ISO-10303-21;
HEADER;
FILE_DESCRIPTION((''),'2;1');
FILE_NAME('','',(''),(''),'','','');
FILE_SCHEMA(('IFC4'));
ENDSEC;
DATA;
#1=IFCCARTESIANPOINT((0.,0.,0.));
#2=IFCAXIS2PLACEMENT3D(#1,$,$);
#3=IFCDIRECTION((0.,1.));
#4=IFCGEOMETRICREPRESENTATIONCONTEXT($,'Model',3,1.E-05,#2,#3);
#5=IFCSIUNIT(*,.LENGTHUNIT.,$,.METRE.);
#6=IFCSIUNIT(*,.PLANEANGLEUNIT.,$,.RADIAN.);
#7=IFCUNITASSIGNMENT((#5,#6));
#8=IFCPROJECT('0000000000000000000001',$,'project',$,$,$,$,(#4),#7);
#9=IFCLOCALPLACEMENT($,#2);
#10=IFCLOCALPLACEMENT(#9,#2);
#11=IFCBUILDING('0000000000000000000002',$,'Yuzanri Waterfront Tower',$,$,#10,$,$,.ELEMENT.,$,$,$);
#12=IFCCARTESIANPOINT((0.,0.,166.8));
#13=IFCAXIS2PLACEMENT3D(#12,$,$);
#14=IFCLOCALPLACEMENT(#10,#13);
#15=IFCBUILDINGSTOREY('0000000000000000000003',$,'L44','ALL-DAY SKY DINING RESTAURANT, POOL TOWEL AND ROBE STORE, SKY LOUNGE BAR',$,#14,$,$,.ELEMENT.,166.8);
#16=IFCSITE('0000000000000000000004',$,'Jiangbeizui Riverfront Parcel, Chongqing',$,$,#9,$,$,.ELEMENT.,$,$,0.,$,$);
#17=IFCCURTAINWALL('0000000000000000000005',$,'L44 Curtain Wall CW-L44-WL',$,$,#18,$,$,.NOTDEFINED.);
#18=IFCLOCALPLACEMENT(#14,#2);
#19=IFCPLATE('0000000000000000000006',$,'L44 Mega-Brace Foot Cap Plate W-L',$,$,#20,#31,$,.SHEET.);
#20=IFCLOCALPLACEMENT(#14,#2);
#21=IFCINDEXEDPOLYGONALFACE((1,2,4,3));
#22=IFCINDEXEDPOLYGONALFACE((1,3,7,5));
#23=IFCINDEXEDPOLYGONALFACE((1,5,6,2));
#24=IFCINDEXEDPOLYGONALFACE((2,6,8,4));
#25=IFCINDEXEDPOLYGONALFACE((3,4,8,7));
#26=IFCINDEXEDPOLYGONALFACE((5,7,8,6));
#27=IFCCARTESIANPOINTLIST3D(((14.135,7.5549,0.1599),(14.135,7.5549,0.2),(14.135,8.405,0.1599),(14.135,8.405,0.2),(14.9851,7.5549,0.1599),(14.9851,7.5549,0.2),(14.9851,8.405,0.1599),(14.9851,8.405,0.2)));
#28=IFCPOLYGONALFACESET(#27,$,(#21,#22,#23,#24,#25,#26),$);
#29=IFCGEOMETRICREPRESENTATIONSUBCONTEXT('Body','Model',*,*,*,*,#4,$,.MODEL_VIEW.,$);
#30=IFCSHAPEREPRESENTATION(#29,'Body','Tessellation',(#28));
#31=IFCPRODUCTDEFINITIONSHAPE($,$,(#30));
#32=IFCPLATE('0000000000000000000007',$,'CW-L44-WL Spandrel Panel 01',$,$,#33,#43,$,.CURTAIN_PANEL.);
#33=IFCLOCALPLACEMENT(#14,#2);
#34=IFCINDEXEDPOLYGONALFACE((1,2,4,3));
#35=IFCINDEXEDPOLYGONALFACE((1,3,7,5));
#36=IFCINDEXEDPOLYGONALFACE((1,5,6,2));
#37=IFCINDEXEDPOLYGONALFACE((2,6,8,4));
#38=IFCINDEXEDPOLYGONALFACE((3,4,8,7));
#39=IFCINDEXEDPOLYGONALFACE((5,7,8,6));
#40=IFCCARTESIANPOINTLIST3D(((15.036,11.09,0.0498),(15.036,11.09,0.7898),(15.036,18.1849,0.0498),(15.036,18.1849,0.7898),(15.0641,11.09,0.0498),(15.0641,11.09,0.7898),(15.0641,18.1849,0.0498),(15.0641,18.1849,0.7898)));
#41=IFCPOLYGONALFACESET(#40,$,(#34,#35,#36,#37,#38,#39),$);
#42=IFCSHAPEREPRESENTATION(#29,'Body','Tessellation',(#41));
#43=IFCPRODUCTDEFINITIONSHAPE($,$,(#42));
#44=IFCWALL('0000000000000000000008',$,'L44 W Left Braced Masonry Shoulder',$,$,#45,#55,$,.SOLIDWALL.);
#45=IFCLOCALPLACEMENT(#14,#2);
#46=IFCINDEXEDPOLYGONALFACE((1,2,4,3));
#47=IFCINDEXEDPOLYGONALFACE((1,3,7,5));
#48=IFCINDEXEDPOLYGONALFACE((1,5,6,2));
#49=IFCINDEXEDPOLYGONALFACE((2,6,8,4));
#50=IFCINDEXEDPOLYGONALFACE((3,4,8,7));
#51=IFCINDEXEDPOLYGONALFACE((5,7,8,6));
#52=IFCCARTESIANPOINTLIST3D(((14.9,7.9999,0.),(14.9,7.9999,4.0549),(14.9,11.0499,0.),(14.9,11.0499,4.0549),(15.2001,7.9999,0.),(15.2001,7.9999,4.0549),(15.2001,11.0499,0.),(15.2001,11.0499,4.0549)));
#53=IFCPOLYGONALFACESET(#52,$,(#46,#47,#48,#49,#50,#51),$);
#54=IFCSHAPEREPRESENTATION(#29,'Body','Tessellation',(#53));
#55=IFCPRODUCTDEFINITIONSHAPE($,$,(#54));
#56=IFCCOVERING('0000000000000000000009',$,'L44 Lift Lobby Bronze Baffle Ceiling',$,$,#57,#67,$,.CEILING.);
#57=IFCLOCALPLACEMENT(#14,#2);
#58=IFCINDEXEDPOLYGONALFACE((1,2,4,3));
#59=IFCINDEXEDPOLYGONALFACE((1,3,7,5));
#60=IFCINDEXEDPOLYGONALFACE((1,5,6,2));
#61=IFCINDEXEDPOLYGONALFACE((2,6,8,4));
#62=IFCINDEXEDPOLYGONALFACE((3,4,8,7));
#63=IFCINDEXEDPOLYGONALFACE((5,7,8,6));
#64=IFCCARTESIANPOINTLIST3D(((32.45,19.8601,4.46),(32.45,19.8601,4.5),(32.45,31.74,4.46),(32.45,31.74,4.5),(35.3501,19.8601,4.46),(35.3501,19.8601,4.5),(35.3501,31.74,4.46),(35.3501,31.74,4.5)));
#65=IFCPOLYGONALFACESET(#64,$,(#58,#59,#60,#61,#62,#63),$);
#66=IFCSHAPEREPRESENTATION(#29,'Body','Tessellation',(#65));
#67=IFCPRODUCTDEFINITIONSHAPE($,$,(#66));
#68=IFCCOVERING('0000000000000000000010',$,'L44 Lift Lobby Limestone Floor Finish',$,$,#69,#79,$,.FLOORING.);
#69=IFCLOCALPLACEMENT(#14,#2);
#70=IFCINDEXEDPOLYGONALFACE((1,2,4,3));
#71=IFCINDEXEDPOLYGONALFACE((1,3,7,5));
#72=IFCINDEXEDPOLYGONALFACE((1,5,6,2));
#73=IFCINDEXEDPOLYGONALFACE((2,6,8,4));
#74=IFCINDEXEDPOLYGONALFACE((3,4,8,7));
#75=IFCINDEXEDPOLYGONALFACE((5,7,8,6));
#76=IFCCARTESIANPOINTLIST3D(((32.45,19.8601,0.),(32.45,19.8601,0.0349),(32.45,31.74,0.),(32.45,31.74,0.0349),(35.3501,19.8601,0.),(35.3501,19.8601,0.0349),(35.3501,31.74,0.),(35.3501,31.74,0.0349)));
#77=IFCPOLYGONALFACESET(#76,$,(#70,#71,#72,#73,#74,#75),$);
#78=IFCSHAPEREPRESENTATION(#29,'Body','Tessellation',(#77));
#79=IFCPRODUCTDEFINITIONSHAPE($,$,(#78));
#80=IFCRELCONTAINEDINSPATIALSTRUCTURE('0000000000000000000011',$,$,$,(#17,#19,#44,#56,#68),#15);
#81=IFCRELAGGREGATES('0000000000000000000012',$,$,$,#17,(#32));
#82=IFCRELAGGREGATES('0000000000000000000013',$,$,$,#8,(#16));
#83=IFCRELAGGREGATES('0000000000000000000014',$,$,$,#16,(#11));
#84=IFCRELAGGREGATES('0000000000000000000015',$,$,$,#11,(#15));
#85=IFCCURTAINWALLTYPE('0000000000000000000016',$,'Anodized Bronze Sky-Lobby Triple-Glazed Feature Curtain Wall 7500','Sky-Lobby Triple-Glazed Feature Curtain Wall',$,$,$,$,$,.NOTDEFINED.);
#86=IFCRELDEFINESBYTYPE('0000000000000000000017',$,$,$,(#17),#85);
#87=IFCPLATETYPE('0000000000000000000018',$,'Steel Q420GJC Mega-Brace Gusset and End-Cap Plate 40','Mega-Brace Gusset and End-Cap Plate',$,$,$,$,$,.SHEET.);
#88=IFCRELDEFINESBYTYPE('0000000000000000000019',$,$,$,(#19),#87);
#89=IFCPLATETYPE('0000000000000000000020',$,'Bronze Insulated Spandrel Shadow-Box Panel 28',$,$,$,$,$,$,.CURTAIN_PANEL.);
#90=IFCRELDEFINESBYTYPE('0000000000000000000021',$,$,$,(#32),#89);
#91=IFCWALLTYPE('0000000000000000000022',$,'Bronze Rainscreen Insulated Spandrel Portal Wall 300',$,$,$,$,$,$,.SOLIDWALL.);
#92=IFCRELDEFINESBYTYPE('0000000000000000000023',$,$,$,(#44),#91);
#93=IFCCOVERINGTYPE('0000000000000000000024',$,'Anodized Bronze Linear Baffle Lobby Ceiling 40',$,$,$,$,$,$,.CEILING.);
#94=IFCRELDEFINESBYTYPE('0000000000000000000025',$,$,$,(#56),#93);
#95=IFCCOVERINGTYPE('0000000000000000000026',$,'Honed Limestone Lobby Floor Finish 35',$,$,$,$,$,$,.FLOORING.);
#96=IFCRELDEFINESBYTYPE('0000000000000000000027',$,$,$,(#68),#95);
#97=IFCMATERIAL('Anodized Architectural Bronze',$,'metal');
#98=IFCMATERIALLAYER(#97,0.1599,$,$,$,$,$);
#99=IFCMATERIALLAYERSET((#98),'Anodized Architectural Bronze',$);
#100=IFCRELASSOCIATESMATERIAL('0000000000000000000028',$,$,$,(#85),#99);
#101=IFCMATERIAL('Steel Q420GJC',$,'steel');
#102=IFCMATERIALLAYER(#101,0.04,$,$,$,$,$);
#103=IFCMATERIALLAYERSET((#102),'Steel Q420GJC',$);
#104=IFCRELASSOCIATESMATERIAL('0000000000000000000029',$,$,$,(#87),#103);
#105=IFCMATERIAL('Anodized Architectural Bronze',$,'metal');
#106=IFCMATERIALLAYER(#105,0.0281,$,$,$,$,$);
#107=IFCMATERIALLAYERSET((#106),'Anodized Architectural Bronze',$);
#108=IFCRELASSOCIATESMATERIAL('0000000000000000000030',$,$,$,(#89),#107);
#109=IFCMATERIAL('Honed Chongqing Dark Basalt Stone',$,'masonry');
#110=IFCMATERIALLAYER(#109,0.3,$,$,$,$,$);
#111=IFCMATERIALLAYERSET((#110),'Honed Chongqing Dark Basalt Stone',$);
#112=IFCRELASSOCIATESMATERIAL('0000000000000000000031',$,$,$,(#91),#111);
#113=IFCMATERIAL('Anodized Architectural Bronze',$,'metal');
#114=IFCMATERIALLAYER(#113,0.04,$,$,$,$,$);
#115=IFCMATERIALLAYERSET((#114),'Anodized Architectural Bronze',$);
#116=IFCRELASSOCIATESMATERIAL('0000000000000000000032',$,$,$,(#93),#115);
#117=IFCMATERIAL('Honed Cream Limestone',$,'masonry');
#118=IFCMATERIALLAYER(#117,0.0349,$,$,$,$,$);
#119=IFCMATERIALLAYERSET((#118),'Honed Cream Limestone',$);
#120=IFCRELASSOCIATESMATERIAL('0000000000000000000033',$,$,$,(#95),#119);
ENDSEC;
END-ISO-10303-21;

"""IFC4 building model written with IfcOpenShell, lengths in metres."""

from ifc_helpers import new_model, si_unit, direction, frame, frame_2d, origin, origin_2d, place, context, subcontext, project, spatial, polyline, rectangle, outline, extrude, source, transform, mapped, material, layer, layer_set, type_object, element, aggregate, save


model = new_model("IFC4")

# Units and contexts
model_context = context("Model", 3, precision=1e-05, world=origin(), true_north=direction((0.0, 1.0)))
body_context = subcontext(model_context, "Body", "Model", "MODEL_VIEW")
ifc_project = project(units=[si_unit("LENGTHUNIT", "METRE"), si_unit("PLANEANGLEUNIT", "RADIAN")], contexts=[model_context])

# Site, building, storey
site_placement = place(None, origin())
site = spatial("IfcSite", under=ifc_project, at=site_placement, Name="Jiangbeizui Riverfront Parcel, Chongqing", CompositionType="ELEMENT", RefElevation=0.0)
building_placement = place(site_placement, origin())
building = spatial("IfcBuilding", under=site, at=building_placement, Name="Yuzanri Waterfront Tower", CompositionType="ELEMENT")
storey_placement = place(building_placement, frame((0.0, 0.0, 166.8)))
storey = spatial("IfcBuildingStorey", under=building, at=storey_placement, Name="L44", Description="ALL-DAY SKY DINING RESTAURANT, POOL TOWEL AND ROBE STORE, SKY LOUNGE BAR", CompositionType="ELEMENT", Elevation=166.8)

# Curtain wall
ifc_material_1 = material(Name="Anodized Architectural Bronze", Category="metal")
ifc_layer_1 = layer(ifc_material_1, 0.1599)
ifc_layer_set_1 = layer_set([ifc_layer_1], Name="Anodized Architectural Bronze")
curtain_wall_type = type_object("IfcCurtainWallType", Name="Anodized Bronze Sky-Lobby Triple-Glazed Feature Curtain Wall 7500", Description="Sky-Lobby Triple-Glazed Feature Curtain Wall", PredefinedType="NOTDEFINED", material=ifc_layer_set_1)
curtain_wall_placement = place(storey_placement, origin())
curtain_wall = element("IfcCurtainWall", 1, at=curtain_wall_placement, inside=storey, type_object=curtain_wall_type, Name="L44 Curtain Wall CW-L44-WL", PredefinedType="NOTDEFINED")

# Plate
ifc_material_2 = material(Name="Steel Q420GJC", Category="steel")
ifc_layer_2 = layer(ifc_material_2, 0.04)
ifc_layer_set_2 = layer_set([ifc_layer_2], Name="Steel Q420GJC")
plate_type_1 = type_object("IfcPlateType", Name="Steel Q420GJC Mega-Brace Gusset and End-Cap Plate 40", Description="Mega-Brace Gusset and End-Cap Plate", PredefinedType="SHEET", material=ifc_layer_set_2)
shared_shape_1 = source(origin(), body_context, "Body", "SweptSolid", [
    extrude(rectangle(XDim=0.8501, YDim=0.8501, at=origin_2d()), origin(), (0.0, 0.0, 1.0), 0.04),
])
plate_1_placement = place(storey_placement, frame((14.5601, 7.98, 0.1599), z_axis=(0.0, 0.0, 1.0), x_axis=(1.0, 0.0, 0.0)))
element("IfcPlate", 2, at=plate_1_placement, inside=storey, type_object=plate_type_1, Name="L44 Mega-Brace Foot Cap Plate W-L", PredefinedType="SHEET", context=body_context, shape_type="MappedRepresentation", body=[
    mapped(shared_shape_1, transform((0.0, 0.0, 0.0), scale=1.0)),
])

# Plate
ifc_material_3 = material(Name="Anodized Architectural Bronze", Category="metal")
ifc_layer_3 = layer(ifc_material_3, 0.0281)
ifc_layer_set_3 = layer_set([ifc_layer_3], Name="Anodized Architectural Bronze")
plate_type_2 = type_object("IfcPlateType", Name="Bronze Insulated Spandrel Shadow-Box Panel 28", PredefinedType="CURTAIN_PANEL", material=ifc_layer_set_3)
shared_shape_2 = source(origin(), body_context, "Body", "SweptSolid", [
    extrude(rectangle(XDim=7.095, YDim=0.0281, at=origin_2d()), origin(), (0.0, 0.0, 1.0), 0.74),
])
plate_2_placement = place(storey_placement, frame((15.05, 14.6375, 0.0498), z_axis=(0.0, 0.0, 1.0), x_axis=(0.0, 1.0, 0.0)))
plate_2 = element("IfcPlate", 3, at=plate_2_placement, type_object=plate_type_2, Name="CW-L44-WL Spandrel Panel 01", PredefinedType="CURTAIN_PANEL", context=body_context, shape_type="MappedRepresentation", body=[
    mapped(shared_shape_2, transform((0.0, 0.0, 0.0), scale=1.0)),
])
aggregate(curtain_wall, [plate_2])

# Wall
ifc_material_4 = material(Name="Honed Chongqing Dark Basalt Stone", Category="masonry")
ifc_layer_4 = layer(ifc_material_4, 0.3)
ifc_layer_set_4 = layer_set([ifc_layer_4], Name="Honed Chongqing Dark Basalt Stone")
wall_type = type_object("IfcWallType", Name="Bronze Rainscreen Insulated Spandrel Portal Wall 300", PredefinedType="SOLIDWALL", material=ifc_layer_set_4)
shared_shape_3 = source(origin(), body_context, "Body", "SweptSolid", [
    extrude(rectangle(XDim=3.05, YDim=0.3, at=frame_2d((1.5249, 0.0))), origin(), (0.0, 0.0, 1.0), 4.0549),
])
wall_placement = place(storey_placement, frame((15.05, 8.0, 0.0), z_axis=(0.0, 0.0, 1.0), x_axis=(0.0, 1.0, 0.0)))
element("IfcWall", 4, at=wall_placement, inside=storey, type_object=wall_type, Name="L44 W Left Braced Masonry Shoulder", PredefinedType="SOLIDWALL", context=body_context, shape_type="MappedRepresentation", body=[
    mapped(shared_shape_3, transform((0.0, 0.0, 0.0), scale=1.0)),
])

# Coverings
ifc_material_5 = material(Name="Anodized Architectural Bronze", Category="metal")
ifc_layer_5 = layer(ifc_material_5, 0.04)
ifc_layer_set_5 = layer_set([ifc_layer_5], Name="Anodized Architectural Bronze")
covering_type_1 = type_object("IfcCoveringType", Name="Anodized Bronze Linear Baffle Lobby Ceiling 40", PredefinedType="CEILING", material=ifc_layer_set_5)
covering_1_placement = place(storey_placement, frame((0.0, 0.0, 4.46)))
element("IfcCovering", 5, at=covering_1_placement, inside=storey, type_object=covering_type_1, Name="L44 Lift Lobby Bronze Baffle Ceiling", PredefinedType="CEILING", context=body_context, shape_type="SweptSolid", body=[
    extrude(outline(polyline([(32.45, 19.8601), (35.3501, 19.8601), (35.3501, 31.74), (32.45, 31.74), (32.45, 19.8601)])), origin(), (0.0, 0.0, 1.0), 0.04),
])
ifc_material_6 = material(Name="Honed Cream Limestone", Category="masonry")
ifc_layer_6 = layer(ifc_material_6, 0.0349)
ifc_layer_set_6 = layer_set([ifc_layer_6], Name="Honed Cream Limestone")
covering_type_2 = type_object("IfcCoveringType", Name="Honed Limestone Lobby Floor Finish 35", PredefinedType="FLOORING", material=ifc_layer_set_6)
covering_2_placement = place(storey_placement, origin())
element("IfcCovering", 6, at=covering_2_placement, inside=storey, type_object=covering_type_2, Name="L44 Lift Lobby Limestone Floor Finish", PredefinedType="FLOORING", context=body_context, shape_type="SweptSolid", body=[
    extrude(outline(polyline([(32.45, 19.8601), (35.3501, 19.8601), (35.3501, 31.74), (32.45, 31.74), (32.45, 19.8601)])), origin(), (0.0, 0.0, 1.0), 0.0349),
])

save(model, "model.ifc")
